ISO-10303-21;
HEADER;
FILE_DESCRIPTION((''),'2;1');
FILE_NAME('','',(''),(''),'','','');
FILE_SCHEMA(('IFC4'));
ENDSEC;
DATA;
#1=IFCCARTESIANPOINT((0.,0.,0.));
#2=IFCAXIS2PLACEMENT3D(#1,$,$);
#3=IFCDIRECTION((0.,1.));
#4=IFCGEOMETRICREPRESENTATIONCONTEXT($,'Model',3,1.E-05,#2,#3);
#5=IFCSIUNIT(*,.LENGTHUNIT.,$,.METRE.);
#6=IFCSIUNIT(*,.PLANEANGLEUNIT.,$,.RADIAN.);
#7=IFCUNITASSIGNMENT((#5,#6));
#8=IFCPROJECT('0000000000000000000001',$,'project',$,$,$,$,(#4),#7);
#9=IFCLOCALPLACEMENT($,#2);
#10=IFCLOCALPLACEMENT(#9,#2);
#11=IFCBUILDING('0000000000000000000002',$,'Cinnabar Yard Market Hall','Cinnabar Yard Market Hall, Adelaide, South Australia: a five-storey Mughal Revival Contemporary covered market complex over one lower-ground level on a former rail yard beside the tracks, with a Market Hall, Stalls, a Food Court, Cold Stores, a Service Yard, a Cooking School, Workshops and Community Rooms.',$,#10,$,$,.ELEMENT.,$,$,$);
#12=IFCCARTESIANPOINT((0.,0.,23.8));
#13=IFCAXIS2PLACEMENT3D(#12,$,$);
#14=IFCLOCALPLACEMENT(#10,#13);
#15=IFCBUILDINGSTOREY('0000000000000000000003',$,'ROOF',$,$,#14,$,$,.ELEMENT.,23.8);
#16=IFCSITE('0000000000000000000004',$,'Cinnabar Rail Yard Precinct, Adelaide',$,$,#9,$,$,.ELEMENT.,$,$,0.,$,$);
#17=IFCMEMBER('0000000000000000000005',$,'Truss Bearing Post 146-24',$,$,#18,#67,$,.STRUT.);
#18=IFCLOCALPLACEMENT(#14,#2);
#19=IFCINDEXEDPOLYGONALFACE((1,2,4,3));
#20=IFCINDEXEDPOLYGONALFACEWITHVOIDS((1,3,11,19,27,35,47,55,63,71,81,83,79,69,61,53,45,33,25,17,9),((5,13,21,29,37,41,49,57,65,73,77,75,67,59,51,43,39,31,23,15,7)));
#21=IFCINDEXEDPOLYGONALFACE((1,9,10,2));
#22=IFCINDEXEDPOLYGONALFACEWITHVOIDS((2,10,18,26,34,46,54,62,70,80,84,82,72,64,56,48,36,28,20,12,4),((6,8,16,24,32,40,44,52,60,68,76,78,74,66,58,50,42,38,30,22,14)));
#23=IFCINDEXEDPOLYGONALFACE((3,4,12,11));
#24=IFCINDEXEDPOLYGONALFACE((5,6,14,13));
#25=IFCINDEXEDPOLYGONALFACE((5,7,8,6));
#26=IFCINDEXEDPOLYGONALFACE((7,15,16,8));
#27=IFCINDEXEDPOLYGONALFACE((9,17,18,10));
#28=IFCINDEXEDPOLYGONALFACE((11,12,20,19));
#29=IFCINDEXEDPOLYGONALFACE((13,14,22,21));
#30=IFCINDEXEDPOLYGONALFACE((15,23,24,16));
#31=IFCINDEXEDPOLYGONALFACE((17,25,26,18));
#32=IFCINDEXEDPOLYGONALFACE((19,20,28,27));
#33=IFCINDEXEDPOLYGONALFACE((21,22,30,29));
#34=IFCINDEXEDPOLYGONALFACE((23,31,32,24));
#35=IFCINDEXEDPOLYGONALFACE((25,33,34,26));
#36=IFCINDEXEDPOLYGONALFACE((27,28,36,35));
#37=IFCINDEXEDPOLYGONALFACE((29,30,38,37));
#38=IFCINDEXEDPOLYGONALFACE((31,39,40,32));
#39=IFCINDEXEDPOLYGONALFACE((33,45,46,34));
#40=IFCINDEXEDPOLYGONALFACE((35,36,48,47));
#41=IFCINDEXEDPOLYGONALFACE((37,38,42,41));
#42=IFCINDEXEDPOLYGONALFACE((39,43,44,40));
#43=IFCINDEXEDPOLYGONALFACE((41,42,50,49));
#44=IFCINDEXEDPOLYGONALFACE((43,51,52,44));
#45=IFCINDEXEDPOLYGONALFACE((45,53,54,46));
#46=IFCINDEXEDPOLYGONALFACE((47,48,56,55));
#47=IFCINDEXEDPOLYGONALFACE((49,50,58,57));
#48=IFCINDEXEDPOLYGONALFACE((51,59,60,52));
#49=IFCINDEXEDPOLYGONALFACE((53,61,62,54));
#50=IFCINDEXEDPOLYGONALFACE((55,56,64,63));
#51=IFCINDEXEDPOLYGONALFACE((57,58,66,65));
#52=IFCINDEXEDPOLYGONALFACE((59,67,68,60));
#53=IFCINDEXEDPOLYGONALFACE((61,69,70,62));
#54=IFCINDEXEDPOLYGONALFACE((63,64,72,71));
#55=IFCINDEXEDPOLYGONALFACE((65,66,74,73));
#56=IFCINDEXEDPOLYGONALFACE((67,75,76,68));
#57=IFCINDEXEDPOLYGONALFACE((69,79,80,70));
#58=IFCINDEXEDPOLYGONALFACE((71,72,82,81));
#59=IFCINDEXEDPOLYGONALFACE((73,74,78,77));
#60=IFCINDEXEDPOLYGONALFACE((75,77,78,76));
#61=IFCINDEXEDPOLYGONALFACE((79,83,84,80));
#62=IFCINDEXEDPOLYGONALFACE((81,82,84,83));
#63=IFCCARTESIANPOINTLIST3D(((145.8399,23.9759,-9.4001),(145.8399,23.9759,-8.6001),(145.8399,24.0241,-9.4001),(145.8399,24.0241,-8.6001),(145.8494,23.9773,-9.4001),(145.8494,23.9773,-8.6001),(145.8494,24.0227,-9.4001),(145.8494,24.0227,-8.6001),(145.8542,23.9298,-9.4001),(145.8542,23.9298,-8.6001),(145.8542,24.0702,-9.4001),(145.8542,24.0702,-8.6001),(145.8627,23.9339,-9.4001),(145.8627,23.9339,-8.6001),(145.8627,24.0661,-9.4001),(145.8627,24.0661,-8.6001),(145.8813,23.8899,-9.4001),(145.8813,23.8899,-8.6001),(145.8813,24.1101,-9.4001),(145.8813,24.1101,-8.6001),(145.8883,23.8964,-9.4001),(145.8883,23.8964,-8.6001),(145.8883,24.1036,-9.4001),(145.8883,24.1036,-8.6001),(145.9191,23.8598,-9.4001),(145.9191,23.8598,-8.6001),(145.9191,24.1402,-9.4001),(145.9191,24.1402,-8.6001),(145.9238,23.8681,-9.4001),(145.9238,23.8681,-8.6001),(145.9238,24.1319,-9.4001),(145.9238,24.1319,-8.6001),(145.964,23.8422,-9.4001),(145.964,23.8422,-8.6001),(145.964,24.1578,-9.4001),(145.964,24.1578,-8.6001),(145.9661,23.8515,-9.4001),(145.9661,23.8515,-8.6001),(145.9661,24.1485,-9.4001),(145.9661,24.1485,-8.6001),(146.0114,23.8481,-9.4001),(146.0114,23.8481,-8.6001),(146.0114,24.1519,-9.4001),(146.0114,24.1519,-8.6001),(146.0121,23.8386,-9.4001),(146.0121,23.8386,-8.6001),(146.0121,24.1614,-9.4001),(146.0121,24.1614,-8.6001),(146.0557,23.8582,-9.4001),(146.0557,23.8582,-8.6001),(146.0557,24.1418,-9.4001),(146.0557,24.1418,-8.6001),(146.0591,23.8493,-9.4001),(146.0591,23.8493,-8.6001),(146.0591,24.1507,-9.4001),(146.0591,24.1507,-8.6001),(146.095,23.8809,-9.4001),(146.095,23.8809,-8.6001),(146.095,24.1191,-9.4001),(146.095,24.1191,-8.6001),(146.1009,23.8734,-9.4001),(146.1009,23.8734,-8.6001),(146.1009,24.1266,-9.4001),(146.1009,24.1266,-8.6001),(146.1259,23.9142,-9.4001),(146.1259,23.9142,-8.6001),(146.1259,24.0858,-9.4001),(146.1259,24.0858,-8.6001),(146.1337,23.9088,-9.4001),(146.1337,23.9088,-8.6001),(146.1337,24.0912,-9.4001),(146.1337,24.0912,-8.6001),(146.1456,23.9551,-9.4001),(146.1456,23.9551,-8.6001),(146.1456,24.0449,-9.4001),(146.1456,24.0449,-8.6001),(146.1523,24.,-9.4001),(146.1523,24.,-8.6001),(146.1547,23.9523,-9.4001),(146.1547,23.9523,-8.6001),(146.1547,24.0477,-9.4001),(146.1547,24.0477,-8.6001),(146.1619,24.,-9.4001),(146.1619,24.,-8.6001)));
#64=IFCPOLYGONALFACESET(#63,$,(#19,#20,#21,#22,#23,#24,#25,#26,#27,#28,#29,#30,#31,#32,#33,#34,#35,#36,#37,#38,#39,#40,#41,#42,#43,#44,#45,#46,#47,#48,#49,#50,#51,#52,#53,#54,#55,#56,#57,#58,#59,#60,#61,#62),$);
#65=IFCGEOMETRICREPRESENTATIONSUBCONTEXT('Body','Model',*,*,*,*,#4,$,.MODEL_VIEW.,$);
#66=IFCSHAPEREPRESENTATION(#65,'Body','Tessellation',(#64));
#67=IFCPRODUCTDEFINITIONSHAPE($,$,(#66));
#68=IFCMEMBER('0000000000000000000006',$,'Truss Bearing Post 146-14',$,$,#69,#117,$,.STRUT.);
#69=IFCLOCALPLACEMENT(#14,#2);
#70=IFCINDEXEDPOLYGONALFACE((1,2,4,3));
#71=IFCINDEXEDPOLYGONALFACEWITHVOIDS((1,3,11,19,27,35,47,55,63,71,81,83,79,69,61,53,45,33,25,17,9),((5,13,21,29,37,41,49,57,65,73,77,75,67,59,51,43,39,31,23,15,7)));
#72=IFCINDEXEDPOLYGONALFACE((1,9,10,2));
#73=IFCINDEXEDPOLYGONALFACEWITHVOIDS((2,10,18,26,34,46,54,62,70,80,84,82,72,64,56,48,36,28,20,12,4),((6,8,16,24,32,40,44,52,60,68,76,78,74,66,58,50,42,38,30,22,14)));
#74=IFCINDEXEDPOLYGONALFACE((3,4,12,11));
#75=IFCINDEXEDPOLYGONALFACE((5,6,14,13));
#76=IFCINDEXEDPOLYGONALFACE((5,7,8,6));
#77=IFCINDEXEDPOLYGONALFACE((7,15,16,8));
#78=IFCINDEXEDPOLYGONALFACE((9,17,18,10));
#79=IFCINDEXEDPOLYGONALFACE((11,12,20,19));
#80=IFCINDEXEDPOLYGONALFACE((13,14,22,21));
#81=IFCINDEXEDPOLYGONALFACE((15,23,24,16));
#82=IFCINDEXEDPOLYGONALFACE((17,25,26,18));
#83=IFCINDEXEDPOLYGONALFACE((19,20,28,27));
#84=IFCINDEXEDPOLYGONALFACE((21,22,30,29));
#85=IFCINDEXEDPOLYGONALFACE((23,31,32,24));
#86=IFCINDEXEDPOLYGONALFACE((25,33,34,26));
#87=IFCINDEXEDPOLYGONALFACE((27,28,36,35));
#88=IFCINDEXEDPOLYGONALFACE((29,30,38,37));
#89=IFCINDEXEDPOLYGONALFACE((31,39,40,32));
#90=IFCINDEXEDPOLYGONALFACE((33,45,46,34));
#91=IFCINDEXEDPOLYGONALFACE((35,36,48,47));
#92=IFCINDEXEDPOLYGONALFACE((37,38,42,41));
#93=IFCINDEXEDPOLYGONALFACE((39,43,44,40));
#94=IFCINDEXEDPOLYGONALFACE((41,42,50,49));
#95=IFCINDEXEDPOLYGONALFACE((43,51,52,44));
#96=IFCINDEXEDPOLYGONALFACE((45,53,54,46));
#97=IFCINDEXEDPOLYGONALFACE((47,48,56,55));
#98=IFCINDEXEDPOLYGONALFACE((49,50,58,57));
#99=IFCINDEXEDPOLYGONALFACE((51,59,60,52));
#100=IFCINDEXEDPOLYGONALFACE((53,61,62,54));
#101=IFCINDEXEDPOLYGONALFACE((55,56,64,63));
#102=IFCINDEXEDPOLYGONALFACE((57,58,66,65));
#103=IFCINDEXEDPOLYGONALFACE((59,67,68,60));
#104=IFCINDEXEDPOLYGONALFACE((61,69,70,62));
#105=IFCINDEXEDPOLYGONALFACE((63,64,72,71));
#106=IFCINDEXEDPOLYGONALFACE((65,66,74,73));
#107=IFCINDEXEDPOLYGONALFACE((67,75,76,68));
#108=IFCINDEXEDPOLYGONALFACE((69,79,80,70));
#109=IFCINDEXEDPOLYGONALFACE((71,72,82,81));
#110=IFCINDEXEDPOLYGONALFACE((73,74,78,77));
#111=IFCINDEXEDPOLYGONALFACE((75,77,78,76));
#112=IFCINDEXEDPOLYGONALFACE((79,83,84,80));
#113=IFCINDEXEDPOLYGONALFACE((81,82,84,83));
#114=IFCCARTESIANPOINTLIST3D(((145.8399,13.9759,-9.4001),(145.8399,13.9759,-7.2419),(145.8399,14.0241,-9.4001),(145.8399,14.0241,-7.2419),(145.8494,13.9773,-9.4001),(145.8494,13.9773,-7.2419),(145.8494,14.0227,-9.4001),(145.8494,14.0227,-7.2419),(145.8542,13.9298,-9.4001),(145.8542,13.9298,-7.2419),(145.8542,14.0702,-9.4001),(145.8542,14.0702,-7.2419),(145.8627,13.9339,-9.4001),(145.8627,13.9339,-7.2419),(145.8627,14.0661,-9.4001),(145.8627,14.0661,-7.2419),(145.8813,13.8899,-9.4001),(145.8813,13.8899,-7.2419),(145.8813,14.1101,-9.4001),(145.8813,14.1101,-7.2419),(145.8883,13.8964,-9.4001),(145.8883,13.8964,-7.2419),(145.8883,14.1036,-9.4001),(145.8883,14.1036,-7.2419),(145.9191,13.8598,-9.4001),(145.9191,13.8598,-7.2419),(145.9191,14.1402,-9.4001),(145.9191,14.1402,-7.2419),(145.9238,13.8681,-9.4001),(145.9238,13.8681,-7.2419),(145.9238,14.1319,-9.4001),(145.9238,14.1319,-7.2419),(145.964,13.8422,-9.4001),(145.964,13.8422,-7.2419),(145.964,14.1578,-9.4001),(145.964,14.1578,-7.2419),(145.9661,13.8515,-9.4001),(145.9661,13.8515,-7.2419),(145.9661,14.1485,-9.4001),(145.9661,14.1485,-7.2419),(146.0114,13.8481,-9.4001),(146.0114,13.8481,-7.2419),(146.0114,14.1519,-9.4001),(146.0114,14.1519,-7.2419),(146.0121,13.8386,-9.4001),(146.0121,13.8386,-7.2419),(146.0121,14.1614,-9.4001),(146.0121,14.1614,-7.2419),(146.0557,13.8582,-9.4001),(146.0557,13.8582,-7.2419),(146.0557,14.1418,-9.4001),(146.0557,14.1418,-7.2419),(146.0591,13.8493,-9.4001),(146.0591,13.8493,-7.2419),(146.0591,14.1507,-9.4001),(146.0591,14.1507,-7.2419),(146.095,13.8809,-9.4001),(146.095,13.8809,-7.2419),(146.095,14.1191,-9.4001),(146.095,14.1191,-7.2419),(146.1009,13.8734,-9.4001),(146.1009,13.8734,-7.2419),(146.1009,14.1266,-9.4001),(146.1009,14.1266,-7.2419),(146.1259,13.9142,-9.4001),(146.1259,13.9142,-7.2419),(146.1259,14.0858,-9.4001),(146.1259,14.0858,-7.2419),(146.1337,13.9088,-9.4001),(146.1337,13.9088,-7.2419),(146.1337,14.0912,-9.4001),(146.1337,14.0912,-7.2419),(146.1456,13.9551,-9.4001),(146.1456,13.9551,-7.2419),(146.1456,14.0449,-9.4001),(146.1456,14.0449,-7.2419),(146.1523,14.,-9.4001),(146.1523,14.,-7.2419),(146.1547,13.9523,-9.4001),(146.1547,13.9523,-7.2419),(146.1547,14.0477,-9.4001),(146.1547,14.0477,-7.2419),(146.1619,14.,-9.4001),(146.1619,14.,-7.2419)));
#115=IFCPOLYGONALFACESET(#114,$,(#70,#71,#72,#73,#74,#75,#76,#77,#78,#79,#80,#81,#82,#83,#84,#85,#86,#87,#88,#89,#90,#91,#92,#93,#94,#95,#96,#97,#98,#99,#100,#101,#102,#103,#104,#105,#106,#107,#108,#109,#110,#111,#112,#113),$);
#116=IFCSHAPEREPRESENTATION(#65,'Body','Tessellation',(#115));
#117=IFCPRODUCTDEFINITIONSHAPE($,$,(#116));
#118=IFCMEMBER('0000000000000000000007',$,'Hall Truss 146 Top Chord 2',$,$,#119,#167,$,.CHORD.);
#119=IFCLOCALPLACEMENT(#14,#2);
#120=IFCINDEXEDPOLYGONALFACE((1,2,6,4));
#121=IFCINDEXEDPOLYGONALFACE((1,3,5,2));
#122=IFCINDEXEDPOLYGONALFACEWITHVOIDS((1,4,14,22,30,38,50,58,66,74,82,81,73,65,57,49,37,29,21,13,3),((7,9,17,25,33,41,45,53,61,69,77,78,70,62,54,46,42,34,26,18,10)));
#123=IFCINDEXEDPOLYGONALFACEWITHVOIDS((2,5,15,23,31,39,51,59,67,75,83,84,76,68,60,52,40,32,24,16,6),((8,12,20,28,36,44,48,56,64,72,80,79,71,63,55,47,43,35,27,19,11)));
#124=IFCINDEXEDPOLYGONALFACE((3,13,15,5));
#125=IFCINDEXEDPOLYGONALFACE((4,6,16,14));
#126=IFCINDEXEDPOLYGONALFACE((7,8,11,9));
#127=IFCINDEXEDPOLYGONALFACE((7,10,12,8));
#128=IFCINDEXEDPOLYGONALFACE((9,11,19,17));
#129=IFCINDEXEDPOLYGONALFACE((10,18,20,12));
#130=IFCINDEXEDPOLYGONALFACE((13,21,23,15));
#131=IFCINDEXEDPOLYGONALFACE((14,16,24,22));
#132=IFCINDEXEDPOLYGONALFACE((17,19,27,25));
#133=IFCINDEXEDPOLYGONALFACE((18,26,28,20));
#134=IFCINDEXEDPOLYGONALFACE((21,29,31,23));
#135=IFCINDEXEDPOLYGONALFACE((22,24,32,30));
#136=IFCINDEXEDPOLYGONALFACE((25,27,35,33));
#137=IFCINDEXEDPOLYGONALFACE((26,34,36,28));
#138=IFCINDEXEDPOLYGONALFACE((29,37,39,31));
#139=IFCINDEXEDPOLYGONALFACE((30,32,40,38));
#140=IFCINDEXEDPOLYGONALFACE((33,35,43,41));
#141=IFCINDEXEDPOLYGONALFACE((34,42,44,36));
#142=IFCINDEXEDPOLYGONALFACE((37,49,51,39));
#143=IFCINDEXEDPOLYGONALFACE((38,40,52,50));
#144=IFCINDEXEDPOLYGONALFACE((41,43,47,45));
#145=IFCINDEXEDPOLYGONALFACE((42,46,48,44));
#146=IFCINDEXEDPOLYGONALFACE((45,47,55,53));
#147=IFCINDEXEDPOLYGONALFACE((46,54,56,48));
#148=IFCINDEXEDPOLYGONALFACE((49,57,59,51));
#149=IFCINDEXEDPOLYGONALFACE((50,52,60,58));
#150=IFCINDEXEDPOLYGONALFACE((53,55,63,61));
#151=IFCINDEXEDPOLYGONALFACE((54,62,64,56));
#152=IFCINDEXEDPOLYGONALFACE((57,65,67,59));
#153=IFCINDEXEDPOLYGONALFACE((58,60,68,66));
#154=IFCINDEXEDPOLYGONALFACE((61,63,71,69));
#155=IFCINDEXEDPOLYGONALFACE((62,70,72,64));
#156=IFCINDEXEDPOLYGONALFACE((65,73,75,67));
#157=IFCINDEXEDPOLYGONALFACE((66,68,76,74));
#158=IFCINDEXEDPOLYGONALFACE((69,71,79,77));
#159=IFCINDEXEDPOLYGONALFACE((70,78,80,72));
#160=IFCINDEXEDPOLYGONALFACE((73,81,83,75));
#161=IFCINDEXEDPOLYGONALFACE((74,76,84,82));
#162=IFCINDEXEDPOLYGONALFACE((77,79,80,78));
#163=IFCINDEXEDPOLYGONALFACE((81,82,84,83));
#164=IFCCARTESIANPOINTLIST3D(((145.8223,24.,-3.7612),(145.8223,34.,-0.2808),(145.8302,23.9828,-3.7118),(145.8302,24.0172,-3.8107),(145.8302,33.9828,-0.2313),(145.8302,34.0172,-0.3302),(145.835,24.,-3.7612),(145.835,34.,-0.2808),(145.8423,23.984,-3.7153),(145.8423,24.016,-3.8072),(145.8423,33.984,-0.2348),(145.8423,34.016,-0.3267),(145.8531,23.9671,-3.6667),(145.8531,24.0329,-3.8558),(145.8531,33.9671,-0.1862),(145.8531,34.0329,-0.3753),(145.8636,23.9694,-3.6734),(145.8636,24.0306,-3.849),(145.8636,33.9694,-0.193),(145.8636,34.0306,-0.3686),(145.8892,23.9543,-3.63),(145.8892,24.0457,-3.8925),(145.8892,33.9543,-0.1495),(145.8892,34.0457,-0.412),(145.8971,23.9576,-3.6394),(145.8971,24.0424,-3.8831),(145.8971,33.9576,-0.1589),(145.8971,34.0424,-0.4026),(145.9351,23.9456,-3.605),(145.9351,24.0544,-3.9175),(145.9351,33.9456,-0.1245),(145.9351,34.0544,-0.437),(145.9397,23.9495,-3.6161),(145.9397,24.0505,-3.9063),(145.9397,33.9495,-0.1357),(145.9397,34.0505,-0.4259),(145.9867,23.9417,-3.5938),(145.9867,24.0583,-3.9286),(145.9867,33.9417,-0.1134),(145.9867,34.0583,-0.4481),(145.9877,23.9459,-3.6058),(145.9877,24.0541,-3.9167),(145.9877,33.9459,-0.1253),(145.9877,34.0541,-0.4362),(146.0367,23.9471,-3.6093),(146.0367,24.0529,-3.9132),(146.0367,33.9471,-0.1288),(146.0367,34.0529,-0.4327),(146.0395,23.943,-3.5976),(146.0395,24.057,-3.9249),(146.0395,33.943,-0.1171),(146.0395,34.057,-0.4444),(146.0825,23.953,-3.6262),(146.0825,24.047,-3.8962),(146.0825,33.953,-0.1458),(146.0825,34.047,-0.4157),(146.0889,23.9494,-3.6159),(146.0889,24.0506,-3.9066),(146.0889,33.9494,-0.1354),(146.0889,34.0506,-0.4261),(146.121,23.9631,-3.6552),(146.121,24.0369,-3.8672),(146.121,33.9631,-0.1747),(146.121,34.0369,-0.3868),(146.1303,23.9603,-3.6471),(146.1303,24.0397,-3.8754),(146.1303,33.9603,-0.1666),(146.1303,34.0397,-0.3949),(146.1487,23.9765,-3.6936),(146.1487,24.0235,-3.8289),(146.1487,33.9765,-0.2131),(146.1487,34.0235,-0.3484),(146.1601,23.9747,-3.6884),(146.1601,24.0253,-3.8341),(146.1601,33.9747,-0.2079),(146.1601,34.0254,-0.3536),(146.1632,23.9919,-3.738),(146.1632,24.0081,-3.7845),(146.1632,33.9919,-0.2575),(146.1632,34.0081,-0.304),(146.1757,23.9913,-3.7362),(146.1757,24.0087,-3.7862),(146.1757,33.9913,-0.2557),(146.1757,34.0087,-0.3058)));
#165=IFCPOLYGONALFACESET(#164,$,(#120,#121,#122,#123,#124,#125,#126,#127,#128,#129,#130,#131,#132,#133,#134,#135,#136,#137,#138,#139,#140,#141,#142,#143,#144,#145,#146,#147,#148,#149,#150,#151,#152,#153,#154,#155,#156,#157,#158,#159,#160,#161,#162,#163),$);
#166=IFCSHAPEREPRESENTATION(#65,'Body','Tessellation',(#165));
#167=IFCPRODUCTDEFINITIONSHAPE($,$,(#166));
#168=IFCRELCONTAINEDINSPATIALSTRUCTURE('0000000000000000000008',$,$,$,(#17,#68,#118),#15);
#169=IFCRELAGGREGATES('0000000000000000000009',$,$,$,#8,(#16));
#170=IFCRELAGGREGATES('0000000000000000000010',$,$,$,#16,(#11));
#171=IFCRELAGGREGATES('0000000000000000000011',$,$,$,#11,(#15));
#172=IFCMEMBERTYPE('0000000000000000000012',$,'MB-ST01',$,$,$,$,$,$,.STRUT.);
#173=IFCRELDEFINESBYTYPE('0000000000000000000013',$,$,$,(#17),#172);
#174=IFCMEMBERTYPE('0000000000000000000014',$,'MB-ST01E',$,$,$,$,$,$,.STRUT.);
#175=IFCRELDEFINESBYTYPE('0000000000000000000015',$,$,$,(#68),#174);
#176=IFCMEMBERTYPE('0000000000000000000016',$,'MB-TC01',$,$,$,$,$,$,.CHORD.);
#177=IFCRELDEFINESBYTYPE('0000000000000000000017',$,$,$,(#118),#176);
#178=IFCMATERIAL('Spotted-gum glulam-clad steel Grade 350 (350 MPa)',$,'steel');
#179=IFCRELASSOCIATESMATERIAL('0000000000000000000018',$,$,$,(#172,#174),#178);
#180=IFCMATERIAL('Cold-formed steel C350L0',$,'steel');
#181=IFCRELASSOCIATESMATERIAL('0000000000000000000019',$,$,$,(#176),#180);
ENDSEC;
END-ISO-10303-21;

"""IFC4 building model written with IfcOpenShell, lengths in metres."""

from ifc_helpers import new_model, si_unit, direction, frame, origin, origin_2d_with_axis, place, context, subcontext, project, spatial, hollow_circle, extrude, material, material_profile, profile_set, type_object, element, save


model = new_model("IFC4")

# Units and contexts
model_context = context("Model", 3, precision=1e-05, world=origin(), true_north=direction((0.0, 1.0)))
body_context = subcontext(model_context, "Body", "Model", "MODEL_VIEW")
ifc_project = project(units=[si_unit("LENGTHUNIT", "METRE"), si_unit("PLANEANGLEUNIT", "RADIAN")], contexts=[model_context])

# Site, building, storey
site_placement = place(None, origin())
site = spatial("IfcSite", under=ifc_project, at=site_placement, Name="Cinnabar Rail Yard Precinct, Adelaide", CompositionType="ELEMENT", RefElevation=0.0)
building_placement = place(site_placement, origin())
building = spatial("IfcBuilding", under=site, at=building_placement, Name="Cinnabar Yard Market Hall", Description="Cinnabar Yard Market Hall, Adelaide, South Australia: a five-storey Mughal Revival Contemporary covered market complex over one lower-ground level on a former rail yard beside the tracks, with a Market Hall, Stalls, a Food Court, Cold Stores, a Service Yard, a Cooking School, Workshops and Community Rooms.", CompositionType="ELEMENT")
storey_placement = place(building_placement, frame((0.0, 0.0, 23.8)))
storey = spatial("IfcBuildingStorey", under=building, at=storey_placement, Name="ROOF", CompositionType="ELEMENT", Elevation=23.8)

# Shared definitions
ifc_material_1 = material(Name="Cold-formed steel C350L0", Category="steel")

# Members
ifc_material_2 = material(Name="Spotted-gum glulam-clad steel Grade 350 (350 MPa)", Category="steel")
ifc_material_profile_1 = material_profile(ifc_material_2, hollow_circle(Radius=0.1619, WallThickness=0.0095, at=origin_2d_with_axis()), Name="323.9x9.5CHS")
ifc_profile_set_1 = profile_set([ifc_material_profile_1], Name="Spotted-gum glulam-clad steel Grade 350 (350 MPa)")
member_type_1 = type_object("IfcMemberType", Name="MB-ST01", PredefinedType="STRUT", material=ifc_profile_set_1)
member_1_placement = place(storey_placement, frame((146.0, 24.0, -9.4001), z_axis=(0.0, 0.0, 1.0), x_axis=(1.0, 0.0, 0.0)))
element("IfcMember", 1, at=member_1_placement, inside=storey, type_object=member_type_1, Name="Truss Bearing Post 146-24", PredefinedType="STRUT", context=body_context, shape_type="SweptSolid", body=[
    extrude(hollow_circle(Radius=0.1619, WallThickness=0.0095, at=origin_2d_with_axis()), origin(), (0.0, 0.0, 1.0), 0.8),
])
ifc_material_profile_2 = material_profile(ifc_material_2, hollow_circle(Radius=0.1619, WallThickness=0.0095, at=origin_2d_with_axis()), Name="323.9x9.5CHS")
ifc_profile_set_2 = profile_set([ifc_material_profile_2], Name="Spotted-gum glulam-clad steel Grade 350 (350 MPa)")
member_type_2 = type_object("IfcMemberType", Name="MB-ST01E", PredefinedType="STRUT", material=ifc_profile_set_2)
member_2_placement = place(storey_placement, frame((146.0, 14.0, -9.4001), z_axis=(0.0, 0.0, 1.0), x_axis=(1.0, 0.0, 0.0)))
element("IfcMember", 2, at=member_2_placement, inside=storey, type_object=member_type_2, Name="Truss Bearing Post 146-14", PredefinedType="STRUT", context=body_context, shape_type="SweptSolid", body=[
    extrude(hollow_circle(Radius=0.1619, WallThickness=0.0095, at=origin_2d_with_axis()), origin(), (0.0, 0.0, 1.0), 2.1582),
])
ifc_material_profile_3 = material_profile(ifc_material_1, hollow_circle(Radius=0.1777, WallThickness=0.0127, at=origin_2d_with_axis()), Name="355.6x12.7CHS")
ifc_profile_set_3 = profile_set([ifc_material_profile_3], Name="Cold-formed steel C350L0")
member_type_3 = type_object("IfcMemberType", Name="MB-TC01", PredefinedType="CHORD", material=ifc_profile_set_3)
member_3_placement = place(storey_placement, frame((146.0, 24.0, -3.7612), z_axis=(0.0, 0.944432, 0.328707), x_axis=(-1.0, 0.0, 0.0)))
element("IfcMember", 3, at=member_3_placement, inside=storey, type_object=member_type_3, Name="Hall Truss 146 Top Chord 2", PredefinedType="CHORD", context=body_context, shape_type="SweptSolid", body=[
    extrude(hollow_circle(Radius=0.1777, WallThickness=0.0127, at=origin_2d_with_axis()), origin(), (0.0, 0.0, 1.0), 10.5884),
])

save(model, "model.ifc")
